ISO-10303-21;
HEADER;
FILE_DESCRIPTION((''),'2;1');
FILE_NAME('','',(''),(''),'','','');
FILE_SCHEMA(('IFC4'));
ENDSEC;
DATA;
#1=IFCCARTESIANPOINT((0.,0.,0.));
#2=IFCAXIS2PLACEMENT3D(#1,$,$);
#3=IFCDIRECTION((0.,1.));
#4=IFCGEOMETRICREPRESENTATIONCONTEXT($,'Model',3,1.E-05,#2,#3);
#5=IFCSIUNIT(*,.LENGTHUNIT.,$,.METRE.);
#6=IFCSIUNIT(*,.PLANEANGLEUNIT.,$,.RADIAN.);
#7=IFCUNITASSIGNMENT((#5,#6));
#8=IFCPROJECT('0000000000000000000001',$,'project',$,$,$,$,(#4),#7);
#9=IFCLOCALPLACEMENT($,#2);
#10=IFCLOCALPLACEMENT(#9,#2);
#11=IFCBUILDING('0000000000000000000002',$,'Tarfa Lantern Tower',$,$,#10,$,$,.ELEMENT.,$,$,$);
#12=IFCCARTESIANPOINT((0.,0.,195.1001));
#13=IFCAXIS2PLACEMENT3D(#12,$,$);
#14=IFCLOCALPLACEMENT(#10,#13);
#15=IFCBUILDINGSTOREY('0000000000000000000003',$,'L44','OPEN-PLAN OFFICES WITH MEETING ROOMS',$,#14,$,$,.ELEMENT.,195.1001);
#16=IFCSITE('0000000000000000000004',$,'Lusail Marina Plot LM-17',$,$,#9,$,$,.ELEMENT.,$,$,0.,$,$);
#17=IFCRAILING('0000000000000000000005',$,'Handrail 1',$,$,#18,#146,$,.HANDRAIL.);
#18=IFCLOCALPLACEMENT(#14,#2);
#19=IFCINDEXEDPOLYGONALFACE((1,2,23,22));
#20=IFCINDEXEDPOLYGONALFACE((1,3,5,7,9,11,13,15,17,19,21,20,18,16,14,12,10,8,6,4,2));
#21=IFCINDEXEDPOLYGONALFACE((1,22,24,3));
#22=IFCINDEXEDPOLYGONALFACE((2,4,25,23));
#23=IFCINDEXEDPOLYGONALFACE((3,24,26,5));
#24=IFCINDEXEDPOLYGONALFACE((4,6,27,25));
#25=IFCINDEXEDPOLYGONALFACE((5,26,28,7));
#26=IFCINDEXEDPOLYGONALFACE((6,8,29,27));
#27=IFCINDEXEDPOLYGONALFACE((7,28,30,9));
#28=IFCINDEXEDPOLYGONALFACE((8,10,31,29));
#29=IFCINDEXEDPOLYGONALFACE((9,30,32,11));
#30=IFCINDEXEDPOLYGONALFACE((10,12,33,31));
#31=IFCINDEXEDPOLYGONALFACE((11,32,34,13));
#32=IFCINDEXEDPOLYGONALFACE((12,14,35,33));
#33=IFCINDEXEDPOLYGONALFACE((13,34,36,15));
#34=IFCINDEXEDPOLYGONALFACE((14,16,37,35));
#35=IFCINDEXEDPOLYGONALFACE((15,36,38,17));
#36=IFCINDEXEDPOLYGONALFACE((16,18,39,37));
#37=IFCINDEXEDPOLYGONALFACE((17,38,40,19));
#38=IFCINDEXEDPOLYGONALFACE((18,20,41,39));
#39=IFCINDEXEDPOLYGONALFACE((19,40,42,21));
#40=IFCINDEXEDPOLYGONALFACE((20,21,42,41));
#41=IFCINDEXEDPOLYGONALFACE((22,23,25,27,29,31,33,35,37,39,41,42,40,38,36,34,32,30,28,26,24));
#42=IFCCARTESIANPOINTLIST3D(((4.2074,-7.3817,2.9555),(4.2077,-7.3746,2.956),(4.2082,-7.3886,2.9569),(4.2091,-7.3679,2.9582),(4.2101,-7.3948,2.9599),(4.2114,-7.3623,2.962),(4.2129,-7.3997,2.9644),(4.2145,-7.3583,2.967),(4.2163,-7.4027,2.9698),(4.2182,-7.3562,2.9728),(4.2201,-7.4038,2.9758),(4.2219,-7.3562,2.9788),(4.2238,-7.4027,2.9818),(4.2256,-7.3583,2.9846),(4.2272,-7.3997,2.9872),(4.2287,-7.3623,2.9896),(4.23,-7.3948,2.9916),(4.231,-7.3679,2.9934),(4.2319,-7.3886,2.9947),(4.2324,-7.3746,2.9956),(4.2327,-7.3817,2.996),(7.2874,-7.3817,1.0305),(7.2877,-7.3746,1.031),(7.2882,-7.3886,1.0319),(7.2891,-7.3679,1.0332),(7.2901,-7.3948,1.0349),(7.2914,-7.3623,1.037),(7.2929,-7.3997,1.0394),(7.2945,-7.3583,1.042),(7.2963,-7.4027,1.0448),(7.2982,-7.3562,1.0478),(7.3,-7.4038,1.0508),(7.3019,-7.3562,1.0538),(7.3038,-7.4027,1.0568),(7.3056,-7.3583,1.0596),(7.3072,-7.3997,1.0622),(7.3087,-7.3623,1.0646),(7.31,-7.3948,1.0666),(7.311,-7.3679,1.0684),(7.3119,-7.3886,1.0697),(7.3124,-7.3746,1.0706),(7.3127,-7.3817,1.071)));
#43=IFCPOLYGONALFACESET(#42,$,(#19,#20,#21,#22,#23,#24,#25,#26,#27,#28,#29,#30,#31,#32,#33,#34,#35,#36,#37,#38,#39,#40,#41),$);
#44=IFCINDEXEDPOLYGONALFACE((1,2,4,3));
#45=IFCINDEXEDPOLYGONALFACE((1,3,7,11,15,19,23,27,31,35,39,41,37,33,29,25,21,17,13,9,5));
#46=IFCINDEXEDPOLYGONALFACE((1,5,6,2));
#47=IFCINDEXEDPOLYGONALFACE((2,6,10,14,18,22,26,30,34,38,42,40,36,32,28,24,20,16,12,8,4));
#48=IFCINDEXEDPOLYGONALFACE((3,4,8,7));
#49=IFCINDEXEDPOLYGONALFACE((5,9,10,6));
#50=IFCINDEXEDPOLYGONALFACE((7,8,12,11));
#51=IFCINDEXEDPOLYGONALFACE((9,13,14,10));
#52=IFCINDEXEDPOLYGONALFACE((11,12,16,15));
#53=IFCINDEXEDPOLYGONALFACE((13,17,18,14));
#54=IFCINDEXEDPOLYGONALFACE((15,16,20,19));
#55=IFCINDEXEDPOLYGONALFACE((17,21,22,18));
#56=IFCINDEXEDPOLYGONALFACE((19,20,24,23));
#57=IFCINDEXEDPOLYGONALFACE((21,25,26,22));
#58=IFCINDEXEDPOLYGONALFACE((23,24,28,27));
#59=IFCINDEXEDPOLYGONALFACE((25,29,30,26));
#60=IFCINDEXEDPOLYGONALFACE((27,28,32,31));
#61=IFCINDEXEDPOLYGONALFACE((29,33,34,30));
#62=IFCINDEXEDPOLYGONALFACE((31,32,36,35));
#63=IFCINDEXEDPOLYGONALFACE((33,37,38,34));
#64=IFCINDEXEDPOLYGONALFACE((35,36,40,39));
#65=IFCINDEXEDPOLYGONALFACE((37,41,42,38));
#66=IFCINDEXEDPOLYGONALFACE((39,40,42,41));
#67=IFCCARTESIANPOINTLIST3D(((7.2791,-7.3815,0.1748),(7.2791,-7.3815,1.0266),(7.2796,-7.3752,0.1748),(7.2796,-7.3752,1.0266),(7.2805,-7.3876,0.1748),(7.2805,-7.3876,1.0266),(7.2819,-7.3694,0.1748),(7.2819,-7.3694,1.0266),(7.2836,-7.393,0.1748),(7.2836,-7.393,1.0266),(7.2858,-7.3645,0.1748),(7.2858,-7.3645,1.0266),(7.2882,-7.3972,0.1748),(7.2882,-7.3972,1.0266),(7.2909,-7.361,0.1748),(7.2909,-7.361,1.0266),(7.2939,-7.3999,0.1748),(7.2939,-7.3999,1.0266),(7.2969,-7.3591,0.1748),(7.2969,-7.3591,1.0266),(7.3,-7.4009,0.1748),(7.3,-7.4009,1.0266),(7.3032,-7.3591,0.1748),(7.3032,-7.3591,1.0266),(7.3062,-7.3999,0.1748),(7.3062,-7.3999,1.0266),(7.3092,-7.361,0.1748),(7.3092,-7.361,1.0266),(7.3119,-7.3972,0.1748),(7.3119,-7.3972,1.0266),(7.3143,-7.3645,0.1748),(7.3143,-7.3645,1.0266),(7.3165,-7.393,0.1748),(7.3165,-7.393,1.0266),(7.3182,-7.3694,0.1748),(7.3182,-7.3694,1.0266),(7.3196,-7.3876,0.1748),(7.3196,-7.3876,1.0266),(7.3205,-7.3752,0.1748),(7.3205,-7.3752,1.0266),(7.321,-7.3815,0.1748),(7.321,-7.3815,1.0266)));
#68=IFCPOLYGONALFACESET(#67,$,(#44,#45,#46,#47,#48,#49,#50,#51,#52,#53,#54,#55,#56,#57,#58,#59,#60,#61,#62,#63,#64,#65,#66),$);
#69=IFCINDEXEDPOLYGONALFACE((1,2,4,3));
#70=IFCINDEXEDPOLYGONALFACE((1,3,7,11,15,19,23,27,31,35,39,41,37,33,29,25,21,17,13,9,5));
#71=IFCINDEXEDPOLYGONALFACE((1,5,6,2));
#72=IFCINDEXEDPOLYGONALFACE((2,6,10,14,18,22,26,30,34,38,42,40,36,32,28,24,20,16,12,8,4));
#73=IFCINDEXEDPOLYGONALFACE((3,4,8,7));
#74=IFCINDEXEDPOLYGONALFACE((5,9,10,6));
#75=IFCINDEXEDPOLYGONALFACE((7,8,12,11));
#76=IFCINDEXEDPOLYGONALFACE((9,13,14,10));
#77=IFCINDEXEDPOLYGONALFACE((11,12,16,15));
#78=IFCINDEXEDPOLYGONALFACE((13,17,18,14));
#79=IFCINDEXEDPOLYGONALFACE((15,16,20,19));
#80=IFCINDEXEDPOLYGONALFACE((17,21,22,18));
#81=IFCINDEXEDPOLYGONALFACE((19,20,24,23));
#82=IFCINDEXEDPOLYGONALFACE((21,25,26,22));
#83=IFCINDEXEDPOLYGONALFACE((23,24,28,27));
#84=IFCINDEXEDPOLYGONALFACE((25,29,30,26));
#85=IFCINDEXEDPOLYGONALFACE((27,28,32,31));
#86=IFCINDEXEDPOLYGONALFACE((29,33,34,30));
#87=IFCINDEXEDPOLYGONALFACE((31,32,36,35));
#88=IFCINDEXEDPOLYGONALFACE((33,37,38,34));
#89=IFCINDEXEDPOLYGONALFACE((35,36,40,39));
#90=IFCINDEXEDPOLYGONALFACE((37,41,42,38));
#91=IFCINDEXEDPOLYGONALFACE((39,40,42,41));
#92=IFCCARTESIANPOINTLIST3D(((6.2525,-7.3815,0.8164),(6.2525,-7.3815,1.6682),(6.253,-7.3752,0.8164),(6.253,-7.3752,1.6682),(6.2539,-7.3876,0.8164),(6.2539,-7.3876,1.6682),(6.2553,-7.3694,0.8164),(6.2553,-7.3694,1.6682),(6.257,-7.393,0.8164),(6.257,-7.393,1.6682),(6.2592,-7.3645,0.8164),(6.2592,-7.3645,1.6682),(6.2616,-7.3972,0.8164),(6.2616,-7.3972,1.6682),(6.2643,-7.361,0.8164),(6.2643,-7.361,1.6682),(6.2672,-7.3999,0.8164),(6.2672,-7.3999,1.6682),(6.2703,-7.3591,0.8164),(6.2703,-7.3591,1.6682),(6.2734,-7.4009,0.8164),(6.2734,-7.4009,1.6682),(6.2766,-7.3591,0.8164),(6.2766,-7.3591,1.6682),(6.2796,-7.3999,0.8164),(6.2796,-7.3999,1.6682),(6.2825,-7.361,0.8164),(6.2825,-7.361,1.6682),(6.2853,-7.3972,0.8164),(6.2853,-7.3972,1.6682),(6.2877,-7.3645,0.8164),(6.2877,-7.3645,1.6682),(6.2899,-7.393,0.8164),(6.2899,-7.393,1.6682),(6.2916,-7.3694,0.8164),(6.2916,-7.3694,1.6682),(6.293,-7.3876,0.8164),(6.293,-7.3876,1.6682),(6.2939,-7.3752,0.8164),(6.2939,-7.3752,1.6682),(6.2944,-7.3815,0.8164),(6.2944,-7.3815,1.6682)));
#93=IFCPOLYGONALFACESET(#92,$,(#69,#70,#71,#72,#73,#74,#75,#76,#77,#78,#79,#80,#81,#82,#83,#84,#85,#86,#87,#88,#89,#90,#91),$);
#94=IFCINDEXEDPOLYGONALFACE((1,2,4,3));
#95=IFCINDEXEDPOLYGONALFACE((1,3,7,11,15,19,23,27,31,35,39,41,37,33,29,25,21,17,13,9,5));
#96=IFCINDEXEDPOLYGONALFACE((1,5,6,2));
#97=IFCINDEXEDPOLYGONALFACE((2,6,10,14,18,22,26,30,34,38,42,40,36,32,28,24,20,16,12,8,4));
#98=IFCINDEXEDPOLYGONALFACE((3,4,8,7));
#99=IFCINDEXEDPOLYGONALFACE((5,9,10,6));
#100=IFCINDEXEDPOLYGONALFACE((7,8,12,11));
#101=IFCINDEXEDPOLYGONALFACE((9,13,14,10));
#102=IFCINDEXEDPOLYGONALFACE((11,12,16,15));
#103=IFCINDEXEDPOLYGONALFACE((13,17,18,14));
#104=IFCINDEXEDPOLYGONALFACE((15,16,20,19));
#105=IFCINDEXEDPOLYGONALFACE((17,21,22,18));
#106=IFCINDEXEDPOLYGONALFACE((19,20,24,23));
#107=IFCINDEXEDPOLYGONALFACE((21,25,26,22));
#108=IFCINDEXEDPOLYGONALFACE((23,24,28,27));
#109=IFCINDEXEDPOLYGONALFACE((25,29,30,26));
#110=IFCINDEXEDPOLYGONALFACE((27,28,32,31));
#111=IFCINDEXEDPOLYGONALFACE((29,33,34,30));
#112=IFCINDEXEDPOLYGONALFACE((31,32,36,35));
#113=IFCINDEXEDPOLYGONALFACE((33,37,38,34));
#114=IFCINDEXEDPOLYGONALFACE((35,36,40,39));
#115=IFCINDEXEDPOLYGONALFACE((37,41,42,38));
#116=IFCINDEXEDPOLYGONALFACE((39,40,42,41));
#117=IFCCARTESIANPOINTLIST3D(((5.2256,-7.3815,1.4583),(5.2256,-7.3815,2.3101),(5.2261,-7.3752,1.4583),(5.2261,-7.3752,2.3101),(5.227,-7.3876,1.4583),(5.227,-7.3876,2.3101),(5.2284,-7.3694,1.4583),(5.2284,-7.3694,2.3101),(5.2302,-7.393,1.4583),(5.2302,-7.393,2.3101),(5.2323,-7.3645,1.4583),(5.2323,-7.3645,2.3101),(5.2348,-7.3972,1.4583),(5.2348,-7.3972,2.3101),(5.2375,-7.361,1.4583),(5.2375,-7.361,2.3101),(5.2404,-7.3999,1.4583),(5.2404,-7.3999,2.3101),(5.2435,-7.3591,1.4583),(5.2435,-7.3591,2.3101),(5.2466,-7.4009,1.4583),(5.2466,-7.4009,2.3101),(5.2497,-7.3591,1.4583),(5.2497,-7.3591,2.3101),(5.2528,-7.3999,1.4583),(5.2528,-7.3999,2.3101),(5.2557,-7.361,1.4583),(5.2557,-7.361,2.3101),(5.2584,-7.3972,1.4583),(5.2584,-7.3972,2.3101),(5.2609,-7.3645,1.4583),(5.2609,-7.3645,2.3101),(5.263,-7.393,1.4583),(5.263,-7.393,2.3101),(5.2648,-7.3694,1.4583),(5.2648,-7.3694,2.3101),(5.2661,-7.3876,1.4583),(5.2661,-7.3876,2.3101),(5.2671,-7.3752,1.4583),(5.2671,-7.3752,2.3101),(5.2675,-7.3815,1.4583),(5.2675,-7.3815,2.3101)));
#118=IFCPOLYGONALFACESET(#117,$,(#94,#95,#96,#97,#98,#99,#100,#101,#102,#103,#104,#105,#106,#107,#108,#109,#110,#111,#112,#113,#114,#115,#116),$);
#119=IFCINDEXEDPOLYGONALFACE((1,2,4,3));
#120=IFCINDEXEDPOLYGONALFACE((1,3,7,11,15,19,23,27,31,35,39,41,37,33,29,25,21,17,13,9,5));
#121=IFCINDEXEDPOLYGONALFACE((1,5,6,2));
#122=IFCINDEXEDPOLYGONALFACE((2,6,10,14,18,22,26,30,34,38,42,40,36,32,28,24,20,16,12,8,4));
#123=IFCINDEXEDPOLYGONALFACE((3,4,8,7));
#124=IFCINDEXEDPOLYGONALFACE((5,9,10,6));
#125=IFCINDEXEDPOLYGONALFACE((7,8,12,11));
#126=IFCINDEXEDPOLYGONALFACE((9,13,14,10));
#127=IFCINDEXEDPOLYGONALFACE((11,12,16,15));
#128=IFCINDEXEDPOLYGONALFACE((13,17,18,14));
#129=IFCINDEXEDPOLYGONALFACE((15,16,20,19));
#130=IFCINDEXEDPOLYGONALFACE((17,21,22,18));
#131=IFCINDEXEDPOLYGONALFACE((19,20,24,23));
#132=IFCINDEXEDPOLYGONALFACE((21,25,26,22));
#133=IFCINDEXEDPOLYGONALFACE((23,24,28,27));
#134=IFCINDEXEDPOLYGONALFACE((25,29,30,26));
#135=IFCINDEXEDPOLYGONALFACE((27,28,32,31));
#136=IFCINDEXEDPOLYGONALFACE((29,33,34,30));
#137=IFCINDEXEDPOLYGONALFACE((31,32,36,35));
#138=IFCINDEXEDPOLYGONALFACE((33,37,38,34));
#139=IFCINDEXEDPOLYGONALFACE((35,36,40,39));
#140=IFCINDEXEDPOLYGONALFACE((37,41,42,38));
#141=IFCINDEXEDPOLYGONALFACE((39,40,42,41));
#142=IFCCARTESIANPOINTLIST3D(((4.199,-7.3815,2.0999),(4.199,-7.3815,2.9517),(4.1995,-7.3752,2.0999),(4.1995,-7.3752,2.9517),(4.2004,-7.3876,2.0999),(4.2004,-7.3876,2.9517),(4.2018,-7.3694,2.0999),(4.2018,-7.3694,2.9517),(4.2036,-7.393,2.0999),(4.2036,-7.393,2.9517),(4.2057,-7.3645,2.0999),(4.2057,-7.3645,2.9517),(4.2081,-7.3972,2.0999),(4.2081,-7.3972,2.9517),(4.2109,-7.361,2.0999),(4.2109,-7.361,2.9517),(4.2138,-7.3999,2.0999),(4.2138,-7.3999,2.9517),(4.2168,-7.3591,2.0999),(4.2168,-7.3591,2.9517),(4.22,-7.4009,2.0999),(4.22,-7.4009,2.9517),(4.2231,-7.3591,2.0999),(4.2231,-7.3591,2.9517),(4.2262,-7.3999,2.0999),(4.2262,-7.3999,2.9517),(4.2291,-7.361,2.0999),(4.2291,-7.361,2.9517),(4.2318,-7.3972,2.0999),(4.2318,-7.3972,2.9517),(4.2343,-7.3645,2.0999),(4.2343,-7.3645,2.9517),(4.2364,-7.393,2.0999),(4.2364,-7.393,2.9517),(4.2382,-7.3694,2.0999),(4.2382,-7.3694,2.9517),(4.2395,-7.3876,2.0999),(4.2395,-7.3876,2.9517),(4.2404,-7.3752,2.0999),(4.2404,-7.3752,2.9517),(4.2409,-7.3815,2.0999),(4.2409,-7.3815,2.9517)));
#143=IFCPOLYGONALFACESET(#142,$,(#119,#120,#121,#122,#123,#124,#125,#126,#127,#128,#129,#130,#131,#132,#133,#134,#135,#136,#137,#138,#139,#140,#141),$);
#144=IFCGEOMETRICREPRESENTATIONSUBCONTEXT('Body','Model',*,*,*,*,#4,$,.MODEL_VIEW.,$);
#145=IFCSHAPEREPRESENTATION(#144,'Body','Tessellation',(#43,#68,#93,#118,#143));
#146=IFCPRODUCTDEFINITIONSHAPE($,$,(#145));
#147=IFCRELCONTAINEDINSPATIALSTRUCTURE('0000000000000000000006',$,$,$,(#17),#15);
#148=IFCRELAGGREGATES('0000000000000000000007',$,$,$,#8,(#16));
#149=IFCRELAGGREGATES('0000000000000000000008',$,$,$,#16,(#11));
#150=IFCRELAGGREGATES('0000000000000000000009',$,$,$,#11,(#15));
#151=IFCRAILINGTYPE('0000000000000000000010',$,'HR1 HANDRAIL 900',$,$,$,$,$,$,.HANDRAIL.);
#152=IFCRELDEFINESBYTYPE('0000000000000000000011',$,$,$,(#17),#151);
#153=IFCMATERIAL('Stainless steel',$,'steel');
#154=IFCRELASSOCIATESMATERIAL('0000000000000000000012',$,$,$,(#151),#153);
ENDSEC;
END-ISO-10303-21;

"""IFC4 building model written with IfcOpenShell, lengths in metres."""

from ifc_helpers import new_model, si_unit, direction, frame, origin, origin_2d, place, context, subcontext, project, spatial, circle, extrude, material, type_object, element, save


model = new_model("IFC4")

# Units and contexts
model_context = context("Model", 3, precision=1e-05, world=origin(), true_north=direction((0.0, 1.0)))
body_context = subcontext(model_context, "Body", "Model", "MODEL_VIEW")
ifc_project = project(units=[si_unit("LENGTHUNIT", "METRE"), si_unit("PLANEANGLEUNIT", "RADIAN")], contexts=[model_context])

# Site, building, storey
site_placement = place(None, origin())
site = spatial("IfcSite", under=ifc_project, at=site_placement, Name="Lusail Marina Plot LM-17", CompositionType="ELEMENT", RefElevation=0.0)
building_placement = place(site_placement, origin())
building = spatial("IfcBuilding", under=site, at=building_placement, Name="Tarfa Lantern Tower", CompositionType="ELEMENT")
storey_placement = place(building_placement, frame((0.0, 0.0, 195.1001)))
storey = spatial("IfcBuildingStorey", under=building, at=storey_placement, Name="L44", Description="OPEN-PLAN OFFICES WITH MEETING ROOMS", CompositionType="ELEMENT", Elevation=195.1001)

# Railing
ifc_material_1 = material(Name="Stainless steel", Category="steel")
railing_type = type_object("IfcRailingType", Name="HR1 HANDRAIL 900", PredefinedType="HANDRAIL", material=ifc_material_1)
railing_1_placement = place(storey_placement, frame((7.3, -7.3799, 0.1748)))
element("IfcRailing", 1, at=railing_1_placement, inside=storey, type_object=railing_type, Name="Handrail 1", PredefinedType="HANDRAIL", context=body_context, shape_type="SweptSolid", body=[
    extrude(circle(Radius=0.0239, at=origin_2d()), frame((0.0, 0.0, 0.876), z_axis=(-0.847998, 0.0, 0.529999), x_axis=(0.0, -1.0, 0.0)), (0.0, 0.0, 1.0), 3.6321),
    extrude(circle(Radius=0.021, at=origin_2d()), frame((0.0, 0.0, 0.0), z_axis=(0.0, 0.0, 1.0), x_axis=(0.0, -1.0, 0.0)), (0.0, 0.0, 1.0), 0.8518),
    extrude(circle(Radius=0.021, at=origin_2d()), frame((-1.0266, 0.0, 0.6416), z_axis=(0.0, 0.0, 1.0), x_axis=(0.0, -1.0, 0.0)), (0.0, 0.0, 1.0), 0.8518),
    extrude(circle(Radius=0.021, at=origin_2d()), frame((-2.0535, 0.0, 1.2834), z_axis=(0.0, 0.0, 1.0), x_axis=(0.0, -1.0, 0.0)), (0.0, 0.0, 1.0), 0.8518),
    extrude(circle(Radius=0.021, at=origin_2d()), frame((-3.0801, 0.0, 1.925), z_axis=(0.0, 0.0, 1.0), x_axis=(0.0, -1.0, 0.0)), (0.0, 0.0, 1.0), 0.8518),
])

save(model, "model.ifc")
